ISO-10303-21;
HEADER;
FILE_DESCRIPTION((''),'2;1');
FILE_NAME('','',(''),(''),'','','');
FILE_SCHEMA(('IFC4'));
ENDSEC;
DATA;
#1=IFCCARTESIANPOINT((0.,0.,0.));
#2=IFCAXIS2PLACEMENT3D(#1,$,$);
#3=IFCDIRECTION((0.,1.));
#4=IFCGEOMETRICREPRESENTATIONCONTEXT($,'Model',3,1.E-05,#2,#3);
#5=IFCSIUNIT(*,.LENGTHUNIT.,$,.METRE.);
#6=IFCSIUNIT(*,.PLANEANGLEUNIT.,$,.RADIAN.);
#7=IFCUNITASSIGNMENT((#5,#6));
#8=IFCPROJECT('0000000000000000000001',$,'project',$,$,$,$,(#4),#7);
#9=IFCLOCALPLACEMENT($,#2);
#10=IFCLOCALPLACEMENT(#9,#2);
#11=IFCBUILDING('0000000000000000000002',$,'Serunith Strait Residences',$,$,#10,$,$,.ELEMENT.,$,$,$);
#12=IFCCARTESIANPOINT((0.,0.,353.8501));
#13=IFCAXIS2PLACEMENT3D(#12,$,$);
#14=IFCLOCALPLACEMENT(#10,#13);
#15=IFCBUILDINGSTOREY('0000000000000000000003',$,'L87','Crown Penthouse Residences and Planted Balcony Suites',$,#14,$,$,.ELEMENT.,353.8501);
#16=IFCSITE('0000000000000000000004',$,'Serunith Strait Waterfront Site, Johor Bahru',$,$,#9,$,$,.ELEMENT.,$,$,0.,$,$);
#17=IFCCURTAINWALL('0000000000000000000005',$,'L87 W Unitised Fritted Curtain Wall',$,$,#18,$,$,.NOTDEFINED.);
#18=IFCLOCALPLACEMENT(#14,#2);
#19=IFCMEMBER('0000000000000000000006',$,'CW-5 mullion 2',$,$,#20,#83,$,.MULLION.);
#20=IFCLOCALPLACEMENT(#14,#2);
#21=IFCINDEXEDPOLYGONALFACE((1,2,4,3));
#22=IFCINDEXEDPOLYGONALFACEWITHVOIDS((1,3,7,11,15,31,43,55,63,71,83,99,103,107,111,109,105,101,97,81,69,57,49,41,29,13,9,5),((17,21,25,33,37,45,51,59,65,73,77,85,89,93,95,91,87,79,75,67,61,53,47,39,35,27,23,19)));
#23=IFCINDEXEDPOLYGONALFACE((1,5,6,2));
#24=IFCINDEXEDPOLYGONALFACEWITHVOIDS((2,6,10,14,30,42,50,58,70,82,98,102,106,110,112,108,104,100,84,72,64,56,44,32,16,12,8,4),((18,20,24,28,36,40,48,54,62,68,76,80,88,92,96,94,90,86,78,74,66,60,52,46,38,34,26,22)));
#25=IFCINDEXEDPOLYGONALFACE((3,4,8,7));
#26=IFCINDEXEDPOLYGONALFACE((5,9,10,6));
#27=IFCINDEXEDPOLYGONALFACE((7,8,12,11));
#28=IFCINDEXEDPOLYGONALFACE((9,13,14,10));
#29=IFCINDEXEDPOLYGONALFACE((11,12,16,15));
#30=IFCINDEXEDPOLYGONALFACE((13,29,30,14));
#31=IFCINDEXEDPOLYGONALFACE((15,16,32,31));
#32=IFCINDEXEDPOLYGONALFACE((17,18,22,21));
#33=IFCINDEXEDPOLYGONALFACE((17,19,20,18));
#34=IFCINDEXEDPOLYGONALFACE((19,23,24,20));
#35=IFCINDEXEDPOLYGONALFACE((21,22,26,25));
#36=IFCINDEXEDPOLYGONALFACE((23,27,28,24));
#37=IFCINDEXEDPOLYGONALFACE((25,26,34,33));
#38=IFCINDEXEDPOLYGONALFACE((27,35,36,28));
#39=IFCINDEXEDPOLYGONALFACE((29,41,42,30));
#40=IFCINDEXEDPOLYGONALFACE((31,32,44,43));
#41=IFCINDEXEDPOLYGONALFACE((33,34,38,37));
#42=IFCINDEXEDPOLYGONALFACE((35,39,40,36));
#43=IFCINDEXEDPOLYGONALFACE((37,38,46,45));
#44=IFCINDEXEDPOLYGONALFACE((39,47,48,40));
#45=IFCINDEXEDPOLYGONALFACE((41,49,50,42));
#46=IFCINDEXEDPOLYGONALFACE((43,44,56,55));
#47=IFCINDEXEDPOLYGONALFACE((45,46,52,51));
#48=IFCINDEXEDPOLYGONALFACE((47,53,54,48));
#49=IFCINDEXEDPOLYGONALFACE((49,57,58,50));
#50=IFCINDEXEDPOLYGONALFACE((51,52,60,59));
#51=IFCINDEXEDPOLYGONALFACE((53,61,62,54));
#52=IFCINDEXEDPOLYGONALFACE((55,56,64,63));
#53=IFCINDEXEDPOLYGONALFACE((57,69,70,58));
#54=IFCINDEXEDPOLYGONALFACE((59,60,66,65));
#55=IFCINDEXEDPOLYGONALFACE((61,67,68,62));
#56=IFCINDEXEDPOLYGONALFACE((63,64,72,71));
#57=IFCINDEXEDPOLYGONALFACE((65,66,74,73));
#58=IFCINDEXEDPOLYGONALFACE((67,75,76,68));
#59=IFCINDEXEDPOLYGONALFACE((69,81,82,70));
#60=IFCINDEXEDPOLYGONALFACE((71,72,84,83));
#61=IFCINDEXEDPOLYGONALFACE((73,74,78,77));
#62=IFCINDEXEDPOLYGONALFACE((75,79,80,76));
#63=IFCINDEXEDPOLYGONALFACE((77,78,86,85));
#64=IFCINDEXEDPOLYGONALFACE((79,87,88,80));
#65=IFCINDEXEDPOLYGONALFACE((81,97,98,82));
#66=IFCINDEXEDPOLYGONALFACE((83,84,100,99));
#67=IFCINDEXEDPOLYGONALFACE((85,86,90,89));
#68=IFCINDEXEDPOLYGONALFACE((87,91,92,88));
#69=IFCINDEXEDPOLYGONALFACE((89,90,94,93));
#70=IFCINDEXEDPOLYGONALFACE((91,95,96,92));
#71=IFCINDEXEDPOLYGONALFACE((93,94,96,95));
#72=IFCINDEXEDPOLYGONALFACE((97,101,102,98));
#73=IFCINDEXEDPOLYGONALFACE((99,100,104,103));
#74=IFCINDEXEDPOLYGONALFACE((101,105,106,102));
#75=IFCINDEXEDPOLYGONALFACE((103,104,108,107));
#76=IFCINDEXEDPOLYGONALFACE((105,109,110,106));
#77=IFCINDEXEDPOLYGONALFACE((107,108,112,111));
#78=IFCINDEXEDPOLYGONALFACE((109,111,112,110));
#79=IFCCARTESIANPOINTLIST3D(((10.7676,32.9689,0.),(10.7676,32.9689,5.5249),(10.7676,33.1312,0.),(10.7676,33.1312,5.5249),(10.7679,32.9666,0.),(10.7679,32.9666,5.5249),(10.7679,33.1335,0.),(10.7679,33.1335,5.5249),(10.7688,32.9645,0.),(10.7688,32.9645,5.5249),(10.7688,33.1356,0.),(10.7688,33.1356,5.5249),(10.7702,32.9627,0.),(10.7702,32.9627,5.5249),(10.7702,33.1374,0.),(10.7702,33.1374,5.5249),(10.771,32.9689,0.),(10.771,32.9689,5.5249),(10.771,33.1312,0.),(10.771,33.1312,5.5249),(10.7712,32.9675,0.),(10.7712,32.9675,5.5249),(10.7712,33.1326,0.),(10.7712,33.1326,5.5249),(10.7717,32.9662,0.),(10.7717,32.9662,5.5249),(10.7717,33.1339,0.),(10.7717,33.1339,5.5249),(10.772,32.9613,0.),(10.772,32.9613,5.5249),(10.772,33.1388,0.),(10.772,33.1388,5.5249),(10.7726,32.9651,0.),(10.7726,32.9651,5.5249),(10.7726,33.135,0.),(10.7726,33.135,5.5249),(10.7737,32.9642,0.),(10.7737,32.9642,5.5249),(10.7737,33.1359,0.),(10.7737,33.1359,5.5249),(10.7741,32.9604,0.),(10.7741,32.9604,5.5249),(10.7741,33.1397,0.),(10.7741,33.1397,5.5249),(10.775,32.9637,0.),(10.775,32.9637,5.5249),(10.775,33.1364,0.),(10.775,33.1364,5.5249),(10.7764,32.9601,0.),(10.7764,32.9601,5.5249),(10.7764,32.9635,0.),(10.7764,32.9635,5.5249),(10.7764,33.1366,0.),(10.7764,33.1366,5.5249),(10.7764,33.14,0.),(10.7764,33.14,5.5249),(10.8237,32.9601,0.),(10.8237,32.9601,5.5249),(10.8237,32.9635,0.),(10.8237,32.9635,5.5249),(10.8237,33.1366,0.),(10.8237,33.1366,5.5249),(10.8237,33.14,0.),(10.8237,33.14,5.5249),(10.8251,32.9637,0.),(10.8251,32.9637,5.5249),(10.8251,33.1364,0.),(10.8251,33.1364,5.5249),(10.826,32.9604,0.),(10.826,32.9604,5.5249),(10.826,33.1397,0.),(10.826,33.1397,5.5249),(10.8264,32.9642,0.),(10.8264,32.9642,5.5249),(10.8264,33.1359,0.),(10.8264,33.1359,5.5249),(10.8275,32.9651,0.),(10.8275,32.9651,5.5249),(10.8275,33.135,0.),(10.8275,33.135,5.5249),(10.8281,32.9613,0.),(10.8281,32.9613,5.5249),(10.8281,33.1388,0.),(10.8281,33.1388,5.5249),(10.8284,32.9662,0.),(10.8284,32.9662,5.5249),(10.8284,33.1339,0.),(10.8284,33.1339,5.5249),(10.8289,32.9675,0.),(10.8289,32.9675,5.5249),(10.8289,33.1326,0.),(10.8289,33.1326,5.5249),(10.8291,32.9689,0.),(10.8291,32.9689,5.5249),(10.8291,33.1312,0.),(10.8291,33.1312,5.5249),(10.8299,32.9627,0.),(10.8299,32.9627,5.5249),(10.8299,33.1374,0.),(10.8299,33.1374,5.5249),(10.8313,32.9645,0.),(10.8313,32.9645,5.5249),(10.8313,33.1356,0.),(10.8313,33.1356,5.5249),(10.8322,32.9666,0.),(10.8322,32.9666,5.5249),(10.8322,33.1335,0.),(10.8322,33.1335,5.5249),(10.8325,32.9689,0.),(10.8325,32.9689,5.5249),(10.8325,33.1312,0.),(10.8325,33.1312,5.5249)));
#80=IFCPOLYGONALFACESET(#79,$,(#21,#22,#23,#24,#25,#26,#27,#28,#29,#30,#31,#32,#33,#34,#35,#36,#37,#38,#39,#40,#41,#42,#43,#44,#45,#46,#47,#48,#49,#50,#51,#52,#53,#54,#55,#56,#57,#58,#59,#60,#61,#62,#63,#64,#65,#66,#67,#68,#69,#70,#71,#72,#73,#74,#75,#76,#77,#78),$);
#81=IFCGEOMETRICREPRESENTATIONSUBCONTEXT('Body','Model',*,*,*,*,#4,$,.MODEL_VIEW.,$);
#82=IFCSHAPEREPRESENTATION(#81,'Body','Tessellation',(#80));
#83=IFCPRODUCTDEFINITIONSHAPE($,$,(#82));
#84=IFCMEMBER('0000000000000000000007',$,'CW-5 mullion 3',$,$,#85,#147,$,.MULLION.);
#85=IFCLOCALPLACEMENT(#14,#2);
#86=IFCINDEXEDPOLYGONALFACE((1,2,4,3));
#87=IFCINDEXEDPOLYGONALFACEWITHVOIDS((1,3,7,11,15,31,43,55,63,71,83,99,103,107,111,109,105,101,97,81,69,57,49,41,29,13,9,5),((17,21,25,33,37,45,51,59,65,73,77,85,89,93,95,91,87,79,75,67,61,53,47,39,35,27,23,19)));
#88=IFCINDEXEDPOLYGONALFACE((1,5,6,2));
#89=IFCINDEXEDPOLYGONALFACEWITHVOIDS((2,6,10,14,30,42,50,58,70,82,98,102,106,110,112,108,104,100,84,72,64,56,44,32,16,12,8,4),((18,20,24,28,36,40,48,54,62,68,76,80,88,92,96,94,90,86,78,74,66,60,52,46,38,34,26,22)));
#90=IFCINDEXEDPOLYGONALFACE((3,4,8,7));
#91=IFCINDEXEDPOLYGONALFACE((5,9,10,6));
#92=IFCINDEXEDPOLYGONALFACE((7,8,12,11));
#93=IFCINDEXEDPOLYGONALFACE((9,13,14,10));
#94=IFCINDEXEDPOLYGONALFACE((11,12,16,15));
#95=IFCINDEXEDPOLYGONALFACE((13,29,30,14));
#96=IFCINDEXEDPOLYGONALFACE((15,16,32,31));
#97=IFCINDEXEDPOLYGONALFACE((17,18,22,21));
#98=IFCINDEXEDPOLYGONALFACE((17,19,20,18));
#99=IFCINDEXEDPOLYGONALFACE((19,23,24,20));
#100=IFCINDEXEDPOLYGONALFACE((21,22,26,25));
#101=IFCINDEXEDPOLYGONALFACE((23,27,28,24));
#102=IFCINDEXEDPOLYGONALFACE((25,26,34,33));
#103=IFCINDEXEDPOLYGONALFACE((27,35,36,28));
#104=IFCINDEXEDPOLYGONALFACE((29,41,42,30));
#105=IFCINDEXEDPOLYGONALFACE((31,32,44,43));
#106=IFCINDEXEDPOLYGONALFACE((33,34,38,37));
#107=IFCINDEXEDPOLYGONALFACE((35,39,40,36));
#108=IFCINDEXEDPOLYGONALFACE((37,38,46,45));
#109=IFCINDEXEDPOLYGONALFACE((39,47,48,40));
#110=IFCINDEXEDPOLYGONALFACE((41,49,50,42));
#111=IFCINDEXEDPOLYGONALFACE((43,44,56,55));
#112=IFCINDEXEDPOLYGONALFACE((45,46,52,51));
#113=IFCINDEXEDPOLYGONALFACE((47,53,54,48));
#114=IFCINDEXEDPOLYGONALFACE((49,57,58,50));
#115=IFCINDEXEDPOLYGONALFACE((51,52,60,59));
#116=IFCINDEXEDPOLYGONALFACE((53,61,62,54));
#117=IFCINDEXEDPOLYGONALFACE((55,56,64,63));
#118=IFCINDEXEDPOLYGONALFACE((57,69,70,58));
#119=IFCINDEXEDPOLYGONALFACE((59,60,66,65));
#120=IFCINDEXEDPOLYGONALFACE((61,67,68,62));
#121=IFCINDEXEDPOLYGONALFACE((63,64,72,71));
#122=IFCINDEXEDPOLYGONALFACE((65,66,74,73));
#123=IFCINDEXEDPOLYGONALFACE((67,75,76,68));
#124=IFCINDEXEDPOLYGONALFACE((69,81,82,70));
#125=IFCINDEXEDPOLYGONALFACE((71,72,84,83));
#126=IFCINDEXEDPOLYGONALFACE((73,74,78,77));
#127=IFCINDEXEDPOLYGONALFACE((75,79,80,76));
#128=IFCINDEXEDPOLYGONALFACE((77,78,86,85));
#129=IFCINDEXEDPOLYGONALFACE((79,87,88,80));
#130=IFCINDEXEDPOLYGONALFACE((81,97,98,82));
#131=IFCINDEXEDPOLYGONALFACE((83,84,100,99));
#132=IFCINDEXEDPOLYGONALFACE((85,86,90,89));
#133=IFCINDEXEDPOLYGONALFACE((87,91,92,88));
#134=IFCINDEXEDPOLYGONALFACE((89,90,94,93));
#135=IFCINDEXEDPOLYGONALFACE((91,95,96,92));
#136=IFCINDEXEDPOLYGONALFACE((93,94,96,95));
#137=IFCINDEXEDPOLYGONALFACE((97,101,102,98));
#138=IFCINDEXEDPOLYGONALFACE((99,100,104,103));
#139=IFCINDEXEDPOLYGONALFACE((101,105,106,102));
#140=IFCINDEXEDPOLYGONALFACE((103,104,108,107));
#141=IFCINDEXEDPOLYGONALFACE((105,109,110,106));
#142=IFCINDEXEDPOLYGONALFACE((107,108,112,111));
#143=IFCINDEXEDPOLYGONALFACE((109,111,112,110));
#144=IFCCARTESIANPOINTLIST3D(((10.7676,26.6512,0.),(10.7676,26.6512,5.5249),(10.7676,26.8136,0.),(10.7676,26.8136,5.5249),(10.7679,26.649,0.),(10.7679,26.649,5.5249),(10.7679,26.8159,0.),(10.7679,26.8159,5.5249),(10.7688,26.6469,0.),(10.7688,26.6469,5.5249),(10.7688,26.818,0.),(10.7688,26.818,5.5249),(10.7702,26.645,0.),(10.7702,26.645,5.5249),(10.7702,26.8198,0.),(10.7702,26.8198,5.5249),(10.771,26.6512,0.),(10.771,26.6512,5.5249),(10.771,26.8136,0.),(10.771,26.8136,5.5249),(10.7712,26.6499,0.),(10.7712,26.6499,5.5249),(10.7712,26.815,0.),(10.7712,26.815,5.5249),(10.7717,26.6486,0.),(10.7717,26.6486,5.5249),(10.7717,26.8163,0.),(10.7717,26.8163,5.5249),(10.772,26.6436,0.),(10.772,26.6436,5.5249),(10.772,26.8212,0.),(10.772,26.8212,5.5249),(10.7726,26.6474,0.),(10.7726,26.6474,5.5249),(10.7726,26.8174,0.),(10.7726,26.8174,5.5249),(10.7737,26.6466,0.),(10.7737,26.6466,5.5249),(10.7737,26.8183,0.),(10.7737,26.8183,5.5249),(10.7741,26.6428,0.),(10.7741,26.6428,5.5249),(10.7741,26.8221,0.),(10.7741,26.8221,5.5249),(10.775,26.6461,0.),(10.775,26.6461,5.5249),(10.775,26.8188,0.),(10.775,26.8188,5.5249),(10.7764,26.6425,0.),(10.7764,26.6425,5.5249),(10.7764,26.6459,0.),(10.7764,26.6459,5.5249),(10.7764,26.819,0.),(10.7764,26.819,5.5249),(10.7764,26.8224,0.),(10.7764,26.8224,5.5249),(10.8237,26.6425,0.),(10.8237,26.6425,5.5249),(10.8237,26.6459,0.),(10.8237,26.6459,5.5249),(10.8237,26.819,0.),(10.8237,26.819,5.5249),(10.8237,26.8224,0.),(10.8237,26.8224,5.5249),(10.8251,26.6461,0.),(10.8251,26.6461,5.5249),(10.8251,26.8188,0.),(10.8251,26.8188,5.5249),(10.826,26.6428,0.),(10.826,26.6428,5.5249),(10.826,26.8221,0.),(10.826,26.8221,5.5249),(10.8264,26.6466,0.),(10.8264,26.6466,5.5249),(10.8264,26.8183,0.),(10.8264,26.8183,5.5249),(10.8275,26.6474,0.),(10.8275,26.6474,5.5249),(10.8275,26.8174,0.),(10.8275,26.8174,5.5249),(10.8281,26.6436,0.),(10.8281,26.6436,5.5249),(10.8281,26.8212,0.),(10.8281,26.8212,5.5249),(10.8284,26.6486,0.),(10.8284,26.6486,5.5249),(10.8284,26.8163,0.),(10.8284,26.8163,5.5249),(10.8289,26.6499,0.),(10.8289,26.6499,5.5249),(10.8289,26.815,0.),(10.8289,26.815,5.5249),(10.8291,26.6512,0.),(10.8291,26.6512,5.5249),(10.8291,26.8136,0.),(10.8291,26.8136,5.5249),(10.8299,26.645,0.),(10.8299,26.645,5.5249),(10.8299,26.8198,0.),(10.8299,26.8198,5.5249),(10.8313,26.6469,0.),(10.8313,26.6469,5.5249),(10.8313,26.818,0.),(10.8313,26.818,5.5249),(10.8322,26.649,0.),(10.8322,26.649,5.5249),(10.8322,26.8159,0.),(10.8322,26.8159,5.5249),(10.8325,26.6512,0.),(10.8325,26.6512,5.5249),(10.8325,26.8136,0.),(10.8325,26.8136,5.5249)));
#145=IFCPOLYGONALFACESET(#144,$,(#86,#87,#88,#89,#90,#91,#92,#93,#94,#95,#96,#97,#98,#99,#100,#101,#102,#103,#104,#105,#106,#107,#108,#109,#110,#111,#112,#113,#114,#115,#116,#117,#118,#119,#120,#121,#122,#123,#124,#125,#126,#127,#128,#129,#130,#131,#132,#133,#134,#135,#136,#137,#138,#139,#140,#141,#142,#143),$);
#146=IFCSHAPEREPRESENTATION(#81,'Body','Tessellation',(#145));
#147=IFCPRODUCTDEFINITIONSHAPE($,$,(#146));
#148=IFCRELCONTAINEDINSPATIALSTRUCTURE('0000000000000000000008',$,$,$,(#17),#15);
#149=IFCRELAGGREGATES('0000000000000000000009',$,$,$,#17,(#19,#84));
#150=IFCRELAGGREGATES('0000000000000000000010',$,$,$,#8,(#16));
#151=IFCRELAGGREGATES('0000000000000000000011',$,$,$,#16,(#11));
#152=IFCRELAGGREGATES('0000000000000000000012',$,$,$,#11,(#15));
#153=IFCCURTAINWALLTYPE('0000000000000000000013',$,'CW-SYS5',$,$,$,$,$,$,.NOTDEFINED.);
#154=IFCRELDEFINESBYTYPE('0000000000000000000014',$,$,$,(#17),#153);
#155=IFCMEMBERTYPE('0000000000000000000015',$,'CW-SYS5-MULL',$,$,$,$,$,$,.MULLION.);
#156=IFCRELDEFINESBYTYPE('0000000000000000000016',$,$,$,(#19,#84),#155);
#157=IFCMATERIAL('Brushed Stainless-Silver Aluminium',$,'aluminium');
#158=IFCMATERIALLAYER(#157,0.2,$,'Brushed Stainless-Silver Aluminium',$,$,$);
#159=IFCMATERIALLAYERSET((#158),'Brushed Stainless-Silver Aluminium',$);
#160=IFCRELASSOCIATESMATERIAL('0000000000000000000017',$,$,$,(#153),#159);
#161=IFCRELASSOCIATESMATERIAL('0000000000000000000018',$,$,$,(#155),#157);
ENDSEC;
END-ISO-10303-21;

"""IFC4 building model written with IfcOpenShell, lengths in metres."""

from ifc_helpers import new_model, si_unit, direction, frame, origin, origin_2d, place, context, subcontext, project, spatial, hollow_rectangle, extrude, source, transform, mapped, material, layer, layer_set, material_profile, profile_set, type_object, element, aggregate, save


model = new_model("IFC4")

# Units and contexts
model_context = context("Model", 3, precision=1e-05, world=origin(), true_north=direction((0.0, 1.0)))
body_context = subcontext(model_context, "Body", "Model", "MODEL_VIEW")
ifc_project = project(units=[si_unit("LENGTHUNIT", "METRE"), si_unit("PLANEANGLEUNIT", "RADIAN")], contexts=[model_context])

# Site, building, storey
site_placement = place(None, origin())
site = spatial("IfcSite", under=ifc_project, at=site_placement, Name="Serunith Strait Waterfront Site, Johor Bahru", CompositionType="ELEMENT", RefElevation=0.0)
building_placement = place(site_placement, origin())
building = spatial("IfcBuilding", under=site, at=building_placement, Name="Serunith Strait Residences", CompositionType="ELEMENT")
storey_placement = place(building_placement, frame((0.0, 0.0, 353.8501)))
storey = spatial("IfcBuildingStorey", under=building, at=storey_placement, Name="L87", Description="Crown Penthouse Residences and Planted Balcony Suites", CompositionType="ELEMENT", Elevation=353.8501)

# Curtain wall, members
ifc_material_1 = material(Name="Brushed Stainless-Silver Aluminium", Category="aluminium")
ifc_layer_1 = layer(ifc_material_1, 0.2, Name="Brushed Stainless-Silver Aluminium")
ifc_layer_set_1 = layer_set([ifc_layer_1], Name="Brushed Stainless-Silver Aluminium")
curtain_wall_type = type_object("IfcCurtainWallType", Name="CW-SYS5", PredefinedType="NOTDEFINED", material=ifc_layer_set_1)
curtain_wall_1_placement = place(storey_placement, origin())
curtain_wall_1 = element("IfcCurtainWall", 1, at=curtain_wall_1_placement, inside=storey, type_object=curtain_wall_type, Name="L87 W Unitised Fritted Curtain Wall", PredefinedType="NOTDEFINED")
ifc_material_profile_1 = material_profile(ifc_material_1, hollow_rectangle(XDim=0.0649, YDim=0.1799, WallThickness=0.0034, InnerFilletRadius=0.0054, OuterFilletRadius=0.0088, at=origin_2d()), Name="ALU 180x65x3.5")
ifc_profile_set_1 = profile_set([ifc_material_profile_1], Name="Brushed Stainless-Silver Aluminium")
member_type_1 = type_object("IfcMemberType", Name="CW-SYS5-MULL", PredefinedType="MULLION", material=ifc_profile_set_1)
shared_shape_1 = source(origin(), body_context, "Body", "SweptSolid", [
    extrude(hollow_rectangle(XDim=0.0649, YDim=0.1799, WallThickness=0.0034, InnerFilletRadius=0.0054, OuterFilletRadius=0.0088, at=origin_2d()), origin(), (0.0, 0.0, 1.0), 5.5249),
])
member_1_placement = place(storey_placement, frame((10.8, 33.05, 0.0), z_axis=(0.0, 0.0, 1.0), x_axis=(1.0, 0.0, 0.0)))
member_1 = element("IfcMember", 2, at=member_1_placement, type_object=member_type_1, Name="CW-5 mullion 2", PredefinedType="MULLION", context=body_context, shape_type="MappedRepresentation", body=[
    mapped(shared_shape_1, transform((0.0, 0.0, 0.0), scale=1.0)),
])
member_2_placement = place(storey_placement, frame((10.8, 26.7324, 0.0), z_axis=(0.0, 0.0, 1.0), x_axis=(1.0, 0.0, 0.0)))
member_2 = element("IfcMember", 3, at=member_2_placement, type_object=member_type_1, Name="CW-5 mullion 3", PredefinedType="MULLION", context=body_context, shape_type="MappedRepresentation", body=[
    mapped(shared_shape_1, transform((0.0, 0.0, 0.0), scale=1.0)),
])

aggregate(curtain_wall_1, [member_1, member_2])

save(model, "model.ifc")
